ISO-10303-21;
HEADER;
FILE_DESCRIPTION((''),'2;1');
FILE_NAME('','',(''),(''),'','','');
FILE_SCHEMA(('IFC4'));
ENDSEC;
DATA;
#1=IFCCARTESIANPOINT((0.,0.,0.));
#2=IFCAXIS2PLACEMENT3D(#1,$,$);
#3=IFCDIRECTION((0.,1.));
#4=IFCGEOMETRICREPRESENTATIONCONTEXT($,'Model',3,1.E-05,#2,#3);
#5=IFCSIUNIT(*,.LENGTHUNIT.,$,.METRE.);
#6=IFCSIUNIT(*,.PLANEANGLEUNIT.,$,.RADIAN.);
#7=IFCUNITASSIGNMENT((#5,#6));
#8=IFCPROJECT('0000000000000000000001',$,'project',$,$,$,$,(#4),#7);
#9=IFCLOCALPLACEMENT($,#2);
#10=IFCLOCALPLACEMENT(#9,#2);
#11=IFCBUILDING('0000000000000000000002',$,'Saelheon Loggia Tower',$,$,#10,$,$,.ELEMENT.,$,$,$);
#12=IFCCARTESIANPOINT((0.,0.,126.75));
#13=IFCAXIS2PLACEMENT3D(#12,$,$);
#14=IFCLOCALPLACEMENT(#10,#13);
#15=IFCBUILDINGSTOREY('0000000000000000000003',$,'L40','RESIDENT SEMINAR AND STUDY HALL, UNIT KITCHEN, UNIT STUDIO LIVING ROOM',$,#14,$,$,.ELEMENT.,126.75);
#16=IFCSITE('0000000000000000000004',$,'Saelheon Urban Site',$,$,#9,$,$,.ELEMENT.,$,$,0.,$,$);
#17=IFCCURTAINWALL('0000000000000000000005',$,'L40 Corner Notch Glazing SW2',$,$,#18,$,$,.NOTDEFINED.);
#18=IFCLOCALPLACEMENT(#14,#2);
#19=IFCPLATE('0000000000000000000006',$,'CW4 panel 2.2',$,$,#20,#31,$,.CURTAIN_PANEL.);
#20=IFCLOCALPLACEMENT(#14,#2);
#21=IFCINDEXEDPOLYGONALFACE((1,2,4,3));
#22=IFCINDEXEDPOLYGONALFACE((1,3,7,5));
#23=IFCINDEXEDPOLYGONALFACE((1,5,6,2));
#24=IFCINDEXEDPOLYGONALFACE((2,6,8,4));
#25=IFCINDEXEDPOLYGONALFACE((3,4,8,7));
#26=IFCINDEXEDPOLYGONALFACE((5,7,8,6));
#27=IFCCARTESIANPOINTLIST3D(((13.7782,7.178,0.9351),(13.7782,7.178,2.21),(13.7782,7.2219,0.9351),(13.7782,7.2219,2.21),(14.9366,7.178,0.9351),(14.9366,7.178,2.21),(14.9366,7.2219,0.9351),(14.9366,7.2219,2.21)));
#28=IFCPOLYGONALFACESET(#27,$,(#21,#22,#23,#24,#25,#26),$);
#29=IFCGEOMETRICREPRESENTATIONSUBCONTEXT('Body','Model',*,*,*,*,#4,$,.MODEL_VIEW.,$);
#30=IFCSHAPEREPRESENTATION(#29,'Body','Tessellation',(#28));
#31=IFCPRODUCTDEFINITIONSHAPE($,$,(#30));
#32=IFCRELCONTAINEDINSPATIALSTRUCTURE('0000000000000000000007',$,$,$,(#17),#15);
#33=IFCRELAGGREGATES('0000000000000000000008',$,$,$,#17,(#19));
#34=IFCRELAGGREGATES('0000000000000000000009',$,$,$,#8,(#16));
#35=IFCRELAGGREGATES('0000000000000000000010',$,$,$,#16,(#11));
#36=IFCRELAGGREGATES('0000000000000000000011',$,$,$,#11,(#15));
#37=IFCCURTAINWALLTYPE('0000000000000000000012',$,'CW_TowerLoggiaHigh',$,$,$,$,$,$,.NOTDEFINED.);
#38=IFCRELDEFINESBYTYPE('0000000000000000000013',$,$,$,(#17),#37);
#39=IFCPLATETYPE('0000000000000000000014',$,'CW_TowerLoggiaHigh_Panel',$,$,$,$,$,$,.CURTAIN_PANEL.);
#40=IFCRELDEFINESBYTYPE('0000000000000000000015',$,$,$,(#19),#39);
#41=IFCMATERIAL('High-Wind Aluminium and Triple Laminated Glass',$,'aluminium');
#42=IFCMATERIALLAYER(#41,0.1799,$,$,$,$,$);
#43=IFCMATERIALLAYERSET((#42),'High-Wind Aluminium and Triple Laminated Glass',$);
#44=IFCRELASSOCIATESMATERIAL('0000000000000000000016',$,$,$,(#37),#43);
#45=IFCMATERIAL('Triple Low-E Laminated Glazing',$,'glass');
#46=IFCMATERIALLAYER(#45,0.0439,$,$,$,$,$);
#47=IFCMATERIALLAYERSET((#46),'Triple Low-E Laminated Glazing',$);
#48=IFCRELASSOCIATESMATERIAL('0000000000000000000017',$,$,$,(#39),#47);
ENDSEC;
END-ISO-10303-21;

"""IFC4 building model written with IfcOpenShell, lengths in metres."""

from ifc_helpers import new_model, si_unit, direction, frame, origin, origin_2d, place, context, subcontext, project, spatial, rectangle, extrude, source, transform, mapped, material, layer, layer_set, type_object, element, aggregate, save


model = new_model("IFC4")

# Units and contexts
model_context = context("Model", 3, precision=1e-05, world=origin(), true_north=direction((0.0, 1.0)))
body_context = subcontext(model_context, "Body", "Model", "MODEL_VIEW")
ifc_project = project(units=[si_unit("LENGTHUNIT", "METRE"), si_unit("PLANEANGLEUNIT", "RADIAN")], contexts=[model_context])

# Site, building, storey
site_placement = place(None, origin())
site = spatial("IfcSite", under=ifc_project, at=site_placement, Name="Saelheon Urban Site", CompositionType="ELEMENT", RefElevation=0.0)
building_placement = place(site_placement, origin())
building = spatial("IfcBuilding", under=site, at=building_placement, Name="Saelheon Loggia Tower", CompositionType="ELEMENT")
storey_placement = place(building_placement, frame((0.0, 0.0, 126.75)))
storey = spatial("IfcBuildingStorey", under=building, at=storey_placement, Name="L40", Description="RESIDENT SEMINAR AND STUDY HALL, UNIT KITCHEN, UNIT STUDIO LIVING ROOM", CompositionType="ELEMENT", Elevation=126.75)

# Curtain wall, plate
ifc_material_1 = material(Name="High-Wind Aluminium and Triple Laminated Glass", Category="aluminium")
ifc_layer_1 = layer(ifc_material_1, 0.1799)
ifc_layer_set_1 = layer_set([ifc_layer_1], Name="High-Wind Aluminium and Triple Laminated Glass")
curtain_wall_type = type_object("IfcCurtainWallType", Name="CW_TowerLoggiaHigh", PredefinedType="NOTDEFINED", material=ifc_layer_set_1)
curtain_wall_placement = place(storey_placement, origin())
curtain_wall = element("IfcCurtainWall", 1, at=curtain_wall_placement, inside=storey, type_object=curtain_wall_type, Name="L40 Corner Notch Glazing SW2", PredefinedType="NOTDEFINED")
ifc_material_2 = material(Name="Triple Low-E Laminated Glazing", Category="glass")
ifc_layer_2 = layer(ifc_material_2, 0.0439)
ifc_layer_set_2 = layer_set([ifc_layer_2], Name="Triple Low-E Laminated Glazing")
plate_type = type_object("IfcPlateType", Name="CW_TowerLoggiaHigh_Panel", PredefinedType="CURTAIN_PANEL", material=ifc_layer_set_2)
shared_shape_1 = source(origin(), body_context, "Body", "SweptSolid", [
    extrude(rectangle(XDim=1.1584, YDim=0.0439, at=origin_2d()), origin(), (0.0, 0.0, 1.0), 1.2749),
])
plate_1_placement = place(storey_placement, frame((14.3574, 7.2, 0.9351), z_axis=(0.0, 0.0, 1.0), x_axis=(1.0, 0.0, 0.0)))
plate_1 = element("IfcPlate", 2, at=plate_1_placement, type_object=plate_type, Name="CW4 panel 2.2", PredefinedType="CURTAIN_PANEL", context=body_context, shape_type="MappedRepresentation", body=[
    mapped(shared_shape_1, transform((0.0, 0.0, 0.0), scale=1.0)),
])
aggregate(curtain_wall, [plate_1])

save(model, "model.ifc")
